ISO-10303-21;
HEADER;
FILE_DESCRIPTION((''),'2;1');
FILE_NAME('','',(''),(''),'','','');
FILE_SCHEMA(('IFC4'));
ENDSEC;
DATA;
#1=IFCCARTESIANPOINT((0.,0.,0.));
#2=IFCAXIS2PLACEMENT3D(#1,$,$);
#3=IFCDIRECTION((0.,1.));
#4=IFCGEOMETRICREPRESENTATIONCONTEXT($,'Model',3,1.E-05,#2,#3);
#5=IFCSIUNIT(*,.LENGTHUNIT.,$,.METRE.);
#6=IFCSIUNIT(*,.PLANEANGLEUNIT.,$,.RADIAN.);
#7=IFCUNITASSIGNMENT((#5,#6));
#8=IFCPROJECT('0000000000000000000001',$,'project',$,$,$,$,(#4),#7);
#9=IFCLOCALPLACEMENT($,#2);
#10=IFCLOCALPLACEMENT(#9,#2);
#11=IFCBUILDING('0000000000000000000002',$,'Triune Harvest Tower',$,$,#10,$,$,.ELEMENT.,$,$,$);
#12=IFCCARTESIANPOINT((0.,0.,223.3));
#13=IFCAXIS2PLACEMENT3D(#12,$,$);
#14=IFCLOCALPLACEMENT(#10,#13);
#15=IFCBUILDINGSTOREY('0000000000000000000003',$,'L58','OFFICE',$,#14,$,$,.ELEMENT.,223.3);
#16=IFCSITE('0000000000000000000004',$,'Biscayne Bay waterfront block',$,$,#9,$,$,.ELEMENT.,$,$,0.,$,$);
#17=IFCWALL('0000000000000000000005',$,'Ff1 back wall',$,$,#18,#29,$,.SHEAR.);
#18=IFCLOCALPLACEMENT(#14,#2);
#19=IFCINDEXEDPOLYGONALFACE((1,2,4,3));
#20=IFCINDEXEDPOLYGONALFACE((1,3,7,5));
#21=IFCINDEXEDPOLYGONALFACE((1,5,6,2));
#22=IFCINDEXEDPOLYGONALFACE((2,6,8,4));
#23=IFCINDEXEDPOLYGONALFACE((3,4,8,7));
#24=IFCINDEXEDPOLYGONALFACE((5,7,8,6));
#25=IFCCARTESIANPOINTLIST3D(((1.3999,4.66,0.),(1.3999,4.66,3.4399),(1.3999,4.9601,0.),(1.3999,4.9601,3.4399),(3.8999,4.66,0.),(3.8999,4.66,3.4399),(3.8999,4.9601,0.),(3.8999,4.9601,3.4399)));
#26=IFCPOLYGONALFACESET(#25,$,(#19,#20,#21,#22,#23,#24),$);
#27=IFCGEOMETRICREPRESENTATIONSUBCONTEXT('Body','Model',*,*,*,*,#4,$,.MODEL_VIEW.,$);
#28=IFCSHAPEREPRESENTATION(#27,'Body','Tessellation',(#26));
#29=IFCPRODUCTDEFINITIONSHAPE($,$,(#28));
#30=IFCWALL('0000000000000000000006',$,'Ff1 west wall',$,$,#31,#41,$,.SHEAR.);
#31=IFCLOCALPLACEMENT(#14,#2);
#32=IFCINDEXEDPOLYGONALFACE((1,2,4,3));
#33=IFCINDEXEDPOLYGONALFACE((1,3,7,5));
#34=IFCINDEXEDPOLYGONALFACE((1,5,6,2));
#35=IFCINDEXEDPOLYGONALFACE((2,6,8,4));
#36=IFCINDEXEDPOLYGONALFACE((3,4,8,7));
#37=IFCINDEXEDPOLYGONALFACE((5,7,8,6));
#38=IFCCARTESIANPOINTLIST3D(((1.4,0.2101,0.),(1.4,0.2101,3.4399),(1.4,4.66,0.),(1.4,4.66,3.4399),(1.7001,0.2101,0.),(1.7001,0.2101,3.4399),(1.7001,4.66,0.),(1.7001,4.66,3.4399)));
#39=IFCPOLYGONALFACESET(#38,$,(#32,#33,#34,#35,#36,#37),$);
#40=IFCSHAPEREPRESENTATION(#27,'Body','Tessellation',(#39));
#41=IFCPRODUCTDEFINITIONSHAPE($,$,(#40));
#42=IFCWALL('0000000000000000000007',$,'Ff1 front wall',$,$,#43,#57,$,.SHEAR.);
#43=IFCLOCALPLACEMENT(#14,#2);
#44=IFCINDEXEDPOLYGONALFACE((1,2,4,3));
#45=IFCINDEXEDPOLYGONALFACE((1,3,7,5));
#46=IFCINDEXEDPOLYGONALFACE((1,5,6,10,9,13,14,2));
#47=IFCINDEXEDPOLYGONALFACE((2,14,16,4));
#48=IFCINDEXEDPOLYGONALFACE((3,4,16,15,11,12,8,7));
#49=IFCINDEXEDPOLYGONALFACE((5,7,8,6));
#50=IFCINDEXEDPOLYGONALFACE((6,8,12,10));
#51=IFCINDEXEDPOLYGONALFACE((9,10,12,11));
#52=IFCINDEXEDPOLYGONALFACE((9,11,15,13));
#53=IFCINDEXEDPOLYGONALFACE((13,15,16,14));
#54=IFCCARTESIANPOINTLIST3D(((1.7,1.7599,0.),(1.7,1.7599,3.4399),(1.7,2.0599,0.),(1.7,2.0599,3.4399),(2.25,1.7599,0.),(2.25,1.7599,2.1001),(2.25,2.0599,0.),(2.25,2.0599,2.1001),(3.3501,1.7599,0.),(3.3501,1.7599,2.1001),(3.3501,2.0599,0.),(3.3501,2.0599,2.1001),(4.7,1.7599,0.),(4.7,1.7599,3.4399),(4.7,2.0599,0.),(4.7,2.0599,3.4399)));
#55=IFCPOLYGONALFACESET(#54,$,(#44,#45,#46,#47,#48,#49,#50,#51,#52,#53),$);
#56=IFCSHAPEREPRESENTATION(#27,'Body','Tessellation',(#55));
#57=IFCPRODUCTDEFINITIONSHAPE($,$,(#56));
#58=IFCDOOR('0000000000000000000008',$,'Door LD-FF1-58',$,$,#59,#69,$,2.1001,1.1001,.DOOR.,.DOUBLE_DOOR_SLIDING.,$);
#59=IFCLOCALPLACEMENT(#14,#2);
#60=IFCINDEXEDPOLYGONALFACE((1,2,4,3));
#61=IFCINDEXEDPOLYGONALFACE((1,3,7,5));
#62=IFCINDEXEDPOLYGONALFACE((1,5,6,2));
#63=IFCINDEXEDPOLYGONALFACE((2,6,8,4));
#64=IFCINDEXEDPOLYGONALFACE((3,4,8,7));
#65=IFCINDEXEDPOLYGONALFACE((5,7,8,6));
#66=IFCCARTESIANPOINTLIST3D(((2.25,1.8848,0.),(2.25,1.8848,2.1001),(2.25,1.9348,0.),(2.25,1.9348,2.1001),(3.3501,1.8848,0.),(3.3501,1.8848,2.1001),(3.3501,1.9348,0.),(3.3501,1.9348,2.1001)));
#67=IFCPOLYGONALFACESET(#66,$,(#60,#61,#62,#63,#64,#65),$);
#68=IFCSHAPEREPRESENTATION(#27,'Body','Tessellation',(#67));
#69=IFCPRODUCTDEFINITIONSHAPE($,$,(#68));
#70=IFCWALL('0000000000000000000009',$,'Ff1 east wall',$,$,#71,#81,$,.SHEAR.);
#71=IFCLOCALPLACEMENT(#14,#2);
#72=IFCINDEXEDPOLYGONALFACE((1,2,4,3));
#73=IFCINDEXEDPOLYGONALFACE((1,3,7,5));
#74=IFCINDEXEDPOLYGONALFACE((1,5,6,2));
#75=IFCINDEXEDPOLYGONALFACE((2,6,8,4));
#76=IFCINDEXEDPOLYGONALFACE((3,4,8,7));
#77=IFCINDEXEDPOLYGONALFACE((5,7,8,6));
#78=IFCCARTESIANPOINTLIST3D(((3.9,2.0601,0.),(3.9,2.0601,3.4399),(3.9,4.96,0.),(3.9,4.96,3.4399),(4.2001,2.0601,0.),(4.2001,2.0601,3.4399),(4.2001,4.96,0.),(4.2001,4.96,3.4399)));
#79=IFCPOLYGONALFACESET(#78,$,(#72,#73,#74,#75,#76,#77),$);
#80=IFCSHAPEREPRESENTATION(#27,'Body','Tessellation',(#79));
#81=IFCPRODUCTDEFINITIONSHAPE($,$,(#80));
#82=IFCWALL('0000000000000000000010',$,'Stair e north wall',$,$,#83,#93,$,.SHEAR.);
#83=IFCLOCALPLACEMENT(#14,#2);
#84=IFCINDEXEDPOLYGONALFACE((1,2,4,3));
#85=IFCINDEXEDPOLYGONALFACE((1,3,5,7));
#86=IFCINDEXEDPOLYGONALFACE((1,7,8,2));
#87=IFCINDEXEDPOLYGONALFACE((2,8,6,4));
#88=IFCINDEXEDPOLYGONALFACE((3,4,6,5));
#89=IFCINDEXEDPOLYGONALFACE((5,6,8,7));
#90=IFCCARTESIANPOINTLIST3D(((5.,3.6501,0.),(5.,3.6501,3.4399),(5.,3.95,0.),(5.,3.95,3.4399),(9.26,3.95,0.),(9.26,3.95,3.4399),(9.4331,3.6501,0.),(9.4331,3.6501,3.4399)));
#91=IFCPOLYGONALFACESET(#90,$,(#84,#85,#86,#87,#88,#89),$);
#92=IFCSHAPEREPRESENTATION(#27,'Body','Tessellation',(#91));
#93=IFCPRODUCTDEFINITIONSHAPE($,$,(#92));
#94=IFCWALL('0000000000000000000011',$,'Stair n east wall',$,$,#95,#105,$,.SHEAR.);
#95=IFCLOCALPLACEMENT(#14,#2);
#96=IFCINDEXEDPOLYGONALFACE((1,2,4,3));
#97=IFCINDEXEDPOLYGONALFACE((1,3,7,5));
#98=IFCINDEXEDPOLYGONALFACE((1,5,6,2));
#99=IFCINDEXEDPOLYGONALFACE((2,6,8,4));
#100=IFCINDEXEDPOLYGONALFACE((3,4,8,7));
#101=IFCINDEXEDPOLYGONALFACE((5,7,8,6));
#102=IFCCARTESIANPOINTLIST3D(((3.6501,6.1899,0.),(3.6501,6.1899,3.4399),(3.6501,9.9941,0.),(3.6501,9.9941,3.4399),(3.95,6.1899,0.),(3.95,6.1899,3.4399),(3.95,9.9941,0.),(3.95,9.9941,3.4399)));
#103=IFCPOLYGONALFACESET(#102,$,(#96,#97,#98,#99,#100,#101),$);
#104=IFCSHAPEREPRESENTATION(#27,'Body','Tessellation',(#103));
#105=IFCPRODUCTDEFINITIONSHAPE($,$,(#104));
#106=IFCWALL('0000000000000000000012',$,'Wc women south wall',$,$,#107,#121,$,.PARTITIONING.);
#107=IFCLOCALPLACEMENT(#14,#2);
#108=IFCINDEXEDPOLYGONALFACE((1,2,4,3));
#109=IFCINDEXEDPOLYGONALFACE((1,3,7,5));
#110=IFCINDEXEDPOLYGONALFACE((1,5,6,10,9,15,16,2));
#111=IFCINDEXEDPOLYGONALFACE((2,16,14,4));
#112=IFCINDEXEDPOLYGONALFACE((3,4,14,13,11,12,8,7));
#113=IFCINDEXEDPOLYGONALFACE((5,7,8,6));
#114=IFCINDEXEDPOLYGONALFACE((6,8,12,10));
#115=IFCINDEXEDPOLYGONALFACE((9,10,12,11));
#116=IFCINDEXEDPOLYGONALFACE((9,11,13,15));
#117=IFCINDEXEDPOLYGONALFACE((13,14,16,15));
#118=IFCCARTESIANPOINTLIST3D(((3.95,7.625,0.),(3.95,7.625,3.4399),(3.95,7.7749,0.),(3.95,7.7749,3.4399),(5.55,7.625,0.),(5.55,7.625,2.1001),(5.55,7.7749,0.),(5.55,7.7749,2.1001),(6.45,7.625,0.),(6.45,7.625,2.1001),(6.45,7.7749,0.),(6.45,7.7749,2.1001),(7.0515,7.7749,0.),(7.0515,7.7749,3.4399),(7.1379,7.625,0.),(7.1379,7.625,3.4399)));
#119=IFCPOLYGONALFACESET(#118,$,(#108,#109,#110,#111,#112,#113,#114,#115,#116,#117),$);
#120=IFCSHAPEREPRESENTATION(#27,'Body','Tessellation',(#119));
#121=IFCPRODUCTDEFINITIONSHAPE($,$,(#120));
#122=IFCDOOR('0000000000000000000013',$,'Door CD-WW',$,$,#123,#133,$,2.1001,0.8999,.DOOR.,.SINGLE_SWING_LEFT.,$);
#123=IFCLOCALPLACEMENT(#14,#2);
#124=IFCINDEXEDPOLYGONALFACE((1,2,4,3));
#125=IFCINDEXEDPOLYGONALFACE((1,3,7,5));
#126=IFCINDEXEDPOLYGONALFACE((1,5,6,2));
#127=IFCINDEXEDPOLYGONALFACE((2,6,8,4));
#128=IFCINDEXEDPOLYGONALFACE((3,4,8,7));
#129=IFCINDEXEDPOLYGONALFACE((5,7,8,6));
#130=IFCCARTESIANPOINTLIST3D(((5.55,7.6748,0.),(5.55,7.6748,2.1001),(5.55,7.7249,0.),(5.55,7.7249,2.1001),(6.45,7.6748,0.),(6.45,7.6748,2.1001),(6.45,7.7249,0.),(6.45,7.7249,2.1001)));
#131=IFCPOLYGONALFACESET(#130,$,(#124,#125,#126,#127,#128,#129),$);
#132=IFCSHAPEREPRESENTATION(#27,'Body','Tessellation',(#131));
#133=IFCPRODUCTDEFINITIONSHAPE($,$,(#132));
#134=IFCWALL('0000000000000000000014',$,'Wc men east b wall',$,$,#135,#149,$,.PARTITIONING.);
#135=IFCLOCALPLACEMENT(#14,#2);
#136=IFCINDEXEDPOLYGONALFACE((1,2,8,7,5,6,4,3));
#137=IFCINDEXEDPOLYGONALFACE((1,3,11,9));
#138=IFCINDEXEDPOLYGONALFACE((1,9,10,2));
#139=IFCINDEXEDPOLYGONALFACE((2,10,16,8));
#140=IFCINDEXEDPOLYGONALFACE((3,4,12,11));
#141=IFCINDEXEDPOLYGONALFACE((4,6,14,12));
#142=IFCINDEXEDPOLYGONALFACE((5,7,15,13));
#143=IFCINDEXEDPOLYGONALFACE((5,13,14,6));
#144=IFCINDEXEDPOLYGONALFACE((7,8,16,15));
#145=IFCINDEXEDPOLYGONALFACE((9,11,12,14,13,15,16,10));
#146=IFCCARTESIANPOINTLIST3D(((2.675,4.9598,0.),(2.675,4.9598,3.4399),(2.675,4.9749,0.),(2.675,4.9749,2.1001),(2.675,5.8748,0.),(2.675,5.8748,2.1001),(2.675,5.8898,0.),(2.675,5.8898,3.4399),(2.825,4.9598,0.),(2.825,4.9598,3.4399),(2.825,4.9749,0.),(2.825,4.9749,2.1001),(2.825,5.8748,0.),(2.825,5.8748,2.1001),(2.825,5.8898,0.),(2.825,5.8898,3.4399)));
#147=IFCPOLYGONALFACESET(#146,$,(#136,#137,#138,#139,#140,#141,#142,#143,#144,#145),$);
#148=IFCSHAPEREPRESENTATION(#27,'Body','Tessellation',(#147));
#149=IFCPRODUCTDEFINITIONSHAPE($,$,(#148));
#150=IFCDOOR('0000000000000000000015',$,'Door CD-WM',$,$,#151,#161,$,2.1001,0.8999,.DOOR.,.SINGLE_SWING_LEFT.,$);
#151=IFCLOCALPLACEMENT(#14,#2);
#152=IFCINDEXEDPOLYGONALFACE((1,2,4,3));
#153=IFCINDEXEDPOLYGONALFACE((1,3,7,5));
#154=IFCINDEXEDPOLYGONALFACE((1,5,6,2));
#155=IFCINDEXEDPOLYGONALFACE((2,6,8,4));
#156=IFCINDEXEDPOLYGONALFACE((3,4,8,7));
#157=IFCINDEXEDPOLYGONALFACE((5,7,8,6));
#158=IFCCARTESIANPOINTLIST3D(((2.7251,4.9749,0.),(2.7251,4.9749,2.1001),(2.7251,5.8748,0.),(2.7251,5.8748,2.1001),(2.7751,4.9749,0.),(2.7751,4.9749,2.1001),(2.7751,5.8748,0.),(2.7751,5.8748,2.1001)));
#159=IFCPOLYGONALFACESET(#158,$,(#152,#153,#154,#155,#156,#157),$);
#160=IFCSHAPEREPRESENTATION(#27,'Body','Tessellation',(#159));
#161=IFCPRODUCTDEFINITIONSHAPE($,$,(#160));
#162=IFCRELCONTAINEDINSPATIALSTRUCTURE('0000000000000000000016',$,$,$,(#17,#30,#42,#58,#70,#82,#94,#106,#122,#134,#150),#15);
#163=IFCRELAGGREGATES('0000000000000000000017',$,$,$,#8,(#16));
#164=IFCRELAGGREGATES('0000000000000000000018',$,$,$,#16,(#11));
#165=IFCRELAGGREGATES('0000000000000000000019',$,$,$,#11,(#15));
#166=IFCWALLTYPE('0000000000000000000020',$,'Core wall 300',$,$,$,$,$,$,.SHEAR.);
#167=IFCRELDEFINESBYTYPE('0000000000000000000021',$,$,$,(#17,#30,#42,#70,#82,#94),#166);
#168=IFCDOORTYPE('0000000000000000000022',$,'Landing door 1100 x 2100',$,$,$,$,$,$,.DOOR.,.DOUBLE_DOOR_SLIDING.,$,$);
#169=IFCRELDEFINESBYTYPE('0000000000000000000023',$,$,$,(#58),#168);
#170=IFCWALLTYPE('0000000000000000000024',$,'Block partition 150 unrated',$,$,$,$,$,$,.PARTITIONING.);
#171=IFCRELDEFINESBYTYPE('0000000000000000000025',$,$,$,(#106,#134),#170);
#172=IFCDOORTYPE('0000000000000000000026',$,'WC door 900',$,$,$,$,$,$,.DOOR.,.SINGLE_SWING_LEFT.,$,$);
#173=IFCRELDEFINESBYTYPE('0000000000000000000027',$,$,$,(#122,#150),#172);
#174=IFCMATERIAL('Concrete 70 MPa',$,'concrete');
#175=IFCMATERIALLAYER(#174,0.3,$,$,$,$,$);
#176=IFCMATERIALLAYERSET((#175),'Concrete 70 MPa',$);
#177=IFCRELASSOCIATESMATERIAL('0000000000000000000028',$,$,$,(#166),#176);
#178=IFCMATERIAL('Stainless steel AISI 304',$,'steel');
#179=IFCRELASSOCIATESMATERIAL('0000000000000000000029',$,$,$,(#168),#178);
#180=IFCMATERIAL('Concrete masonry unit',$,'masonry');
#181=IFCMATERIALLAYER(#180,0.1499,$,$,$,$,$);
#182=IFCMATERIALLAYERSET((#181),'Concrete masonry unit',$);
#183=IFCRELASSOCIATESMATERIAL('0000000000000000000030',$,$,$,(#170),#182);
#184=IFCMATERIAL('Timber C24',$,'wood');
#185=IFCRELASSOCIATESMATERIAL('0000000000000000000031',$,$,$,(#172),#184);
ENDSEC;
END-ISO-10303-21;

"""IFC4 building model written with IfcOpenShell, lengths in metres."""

from ifc_helpers import new_model, si_unit, direction, frame, frame_2d, origin, place, context, subcontext, project, spatial, polyline, rectangle, outline, extrude, source, transform, mapped, material, layer, layer_set, type_object, element, fill, save


model = new_model("IFC4")

# Units and contexts
model_context = context("Model", 3, precision=1e-05, world=origin(), true_north=direction((0.0, 1.0)))
body_context = subcontext(model_context, "Body", "Model", "MODEL_VIEW")
ifc_project = project(units=[si_unit("LENGTHUNIT", "METRE"), si_unit("PLANEANGLEUNIT", "RADIAN")], contexts=[model_context])

# Site, building, storey
site_placement = place(None, origin())
site = spatial("IfcSite", under=ifc_project, at=site_placement, Name="Biscayne Bay waterfront block", CompositionType="ELEMENT", RefElevation=0.0)
building_placement = place(site_placement, origin())
building = spatial("IfcBuilding", under=site, at=building_placement, Name="Triune Harvest Tower", CompositionType="ELEMENT")
storey_placement = place(building_placement, frame((0.0, 0.0, 223.3)))
storey = spatial("IfcBuildingStorey", under=building, at=storey_placement, Name="L58", Description="OFFICE", CompositionType="ELEMENT", Elevation=223.3)

# Walls
ifc_material_1 = material(Name="Concrete 70 MPa", Category="concrete")
ifc_layer_1 = layer(ifc_material_1, 0.3)
ifc_layer_set_1 = layer_set([ifc_layer_1], Name="Concrete 70 MPa")
wall_type_1 = type_object("IfcWallType", Name="Core wall 300", PredefinedType="SHEAR", material=ifc_layer_set_1)
shared_shape_1 = source(origin(), body_context, "Body", "SweptSolid", [
    extrude(rectangle(XDim=2.5, YDim=0.3, at=frame_2d((1.25, 0.0))), origin(), (0.0, 0.0, 1.0), 3.4399),
])
wall_1_placement = place(storey_placement, frame((1.3999, 4.8101, 0.0), z_axis=(0.0, 0.0, 1.0), x_axis=(1.0, 0.0, 0.0)))
element("IfcWall", 1, at=wall_1_placement, inside=storey, type_object=wall_type_1, Name="Ff1 back wall", PredefinedType="SHEAR", context=body_context, shape_type="MappedRepresentation", body=[
    mapped(shared_shape_1, transform((0.0, 0.0, 0.0), scale=1.0)),
])
shared_shape_2 = source(origin(), body_context, "Body", "SweptSolid", [
    extrude(rectangle(XDim=4.45, YDim=0.3, at=frame_2d((2.2251, 0.0))), origin(), (0.0, 0.0, 1.0), 3.4399),
])
wall_2_placement = place(storey_placement, frame((1.55, 0.21, 0.0), z_axis=(0.0, 0.0, 1.0), x_axis=(0.0, 1.0, 0.0)))
element("IfcWall", 2, at=wall_2_placement, inside=storey, type_object=wall_type_1, Name="Ff1 west wall", PredefinedType="SHEAR", context=body_context, shape_type="MappedRepresentation", body=[
    mapped(shared_shape_2, transform((0.0, 0.0, 0.0), scale=1.0)),
])

# Wall, opening, door
shared_shape_3 = source(origin(), body_context, "Body", "SweptSolid", [
    extrude(rectangle(XDim=3.0, YDim=0.3, at=frame_2d((1.5, 0.0))), origin(), (0.0, 0.0, 1.0), 3.4399),
])
wall_3_placement = place(storey_placement, frame((1.7, 1.9099, 0.0), z_axis=(0.0, 0.0, 1.0), x_axis=(1.0, 0.0, 0.0)))
wall_3 = element("IfcWall", 3, at=wall_3_placement, inside=storey, type_object=wall_type_1, Name="Ff1 front wall", PredefinedType="SHEAR", context=body_context, shape_type="MappedRepresentation", body=[
    mapped(shared_shape_3, transform((0.0, 0.0, 0.0), scale=1.0)),
])
opening_1_placement = place(wall_3_placement, frame((0.55, 0.0, 0.0)))
opening_1 = element("IfcOpeningElement", 4, at=opening_1_placement, cuts=wall_3, PredefinedType="OPENING", context=body_context, shape_type="SweptSolid", body=[
    extrude(rectangle(XDim=1.1001, YDim=2.1001, at=frame_2d((0.55, 1.05))), frame((0.0, 0.1602, 0.0), z_axis=(0.0, -1.0, 0.0), x_axis=(1.0, 0.0, 0.0)), (0.0, 0.0, 1.0), 0.3201),
])
ifc_material_2 = material(Name="Stainless steel AISI 304", Category="steel")
door_type_1 = type_object("IfcDoorType", Name="Landing door 1100 x 2100", OperationType="DOUBLE_DOOR_SLIDING", PredefinedType="DOOR", material=ifc_material_2)
door_1_placement = place(opening_1_placement, origin())
door_1 = element("IfcDoor", 5, at=door_1_placement, inside=storey, type_object=door_type_1, Name="Door LD-FF1-58", OperationType="DOUBLE_DOOR_SLIDING", OverallHeight=2.1001, OverallWidth=1.1001, PredefinedType="DOOR", context=body_context, shape_type="SweptSolid", body=[
    extrude(rectangle(XDim=1.1001, YDim=2.1001, at=frame_2d((0.55, 1.05))), frame((0.0, 0.0249, 0.0), z_axis=(0.0, -1.0, 0.0), x_axis=(1.0, 0.0, 0.0)), (0.0, 0.0, 1.0), 0.05),
])
fill(opening_1, door_1)

# Walls
shared_shape_4 = source(origin(), body_context, "Body", "SweptSolid", [
    extrude(rectangle(XDim=2.8999, YDim=0.3, at=frame_2d((1.45, 0.0))), origin(), (0.0, 0.0, 1.0), 3.4399),
])
wall_4_placement = place(storey_placement, frame((4.05, 2.0601, 0.0), z_axis=(0.0, 0.0, 1.0), x_axis=(0.0, 1.0, 0.0)))
element("IfcWall", 6, at=wall_4_placement, inside=storey, type_object=wall_type_1, Name="Ff1 east wall", PredefinedType="SHEAR", context=body_context, shape_type="MappedRepresentation", body=[
    mapped(shared_shape_4, transform((0.0, 0.0, 0.0), scale=1.0)),
])
shared_shape_5 = source(origin(), body_context, "Body", "SweptSolid", [
    extrude(outline(polyline([(0.0, -0.1499), (0.0, 0.1499), (4.26, 0.1499), (4.4331, -0.1499), (0.0, -0.1499)])), origin(), (0.0, 0.0, 1.0), 3.4399),
])
wall_5_placement = place(storey_placement, frame((5.0, 3.8, 0.0), z_axis=(0.0, 0.0, 1.0), x_axis=(1.0, 0.0, 0.0)))
element("IfcWall", 7, at=wall_5_placement, inside=storey, type_object=wall_type_1, Name="Stair e north wall", PredefinedType="SHEAR", context=body_context, shape_type="MappedRepresentation", body=[
    mapped(shared_shape_5, transform((0.0, 0.0, 0.0), scale=1.0)),
])
shared_shape_6 = source(origin(), body_context, "Body", "SweptSolid", [
    extrude(outline(polyline([(0.0, -0.1499), (0.0, 0.1499), (3.8042, 0.1499), (3.8042, -0.1499), (0.0, -0.1499)])), origin(), (0.0, 0.0, 1.0), 3.4399),
])
wall_6_placement = place(storey_placement, frame((3.8, 6.1899, 0.0), z_axis=(0.0, 0.0, 1.0), x_axis=(0.0, 1.0, 0.0)))
element("IfcWall", 8, at=wall_6_placement, inside=storey, type_object=wall_type_1, Name="Stair n east wall", PredefinedType="SHEAR", context=body_context, shape_type="MappedRepresentation", body=[
    mapped(shared_shape_6, transform((0.0, 0.0, 0.0), scale=1.0)),
])

# Walls, openings, doors
ifc_material_3 = material(Name="Concrete masonry unit", Category="masonry")
ifc_layer_2 = layer(ifc_material_3, 0.1499)
ifc_layer_set_2 = layer_set([ifc_layer_2], Name="Concrete masonry unit")
wall_type_2 = type_object("IfcWallType", Name="Block partition 150 unrated", PredefinedType="PARTITIONING", material=ifc_layer_set_2)
shared_shape_7 = source(origin(), body_context, "Body", "SweptSolid", [
    extrude(outline(polyline([(0.0, -0.075), (0.0, 0.075), (3.1016, 0.075), (3.188, -0.075), (0.0, -0.075)])), origin(), (0.0, 0.0, 1.0), 3.4399),
])
wall_7_placement = place(storey_placement, frame((3.95, 7.7, 0.0), z_axis=(0.0, 0.0, 1.0), x_axis=(1.0, 0.0, 0.0)))
wall_7 = element("IfcWall", 9, at=wall_7_placement, inside=storey, type_object=wall_type_2, Name="Wc women south wall", PredefinedType="PARTITIONING", context=body_context, shape_type="MappedRepresentation", body=[
    mapped(shared_shape_7, transform((0.0, 0.0, 0.0), scale=1.0)),
])
opening_2_placement = place(wall_7_placement, frame((1.6001, 0.0, 0.0)))
opening_2 = element("IfcOpeningElement", 10, at=opening_2_placement, cuts=wall_7, PredefinedType="OPENING", context=body_context, shape_type="SweptSolid", body=[
    extrude(rectangle(XDim=0.8999, YDim=2.1001, at=frame_2d((0.45, 1.05))), frame((0.0, 0.085, 0.0), z_axis=(0.0, -1.0, 0.0), x_axis=(1.0, 0.0, 0.0)), (0.0, 0.0, 1.0), 0.1699),
])
ifc_material_4 = material(Name="Timber C24", Category="wood")
door_type_2 = type_object("IfcDoorType", Name="WC door 900", OperationType="SINGLE_SWING_LEFT", PredefinedType="DOOR", material=ifc_material_4)
door_2_placement = place(opening_2_placement, origin())
door_2 = element("IfcDoor", 11, at=door_2_placement, inside=storey, type_object=door_type_2, Name="Door CD-WW", OperationType="SINGLE_SWING_LEFT", OverallHeight=2.1001, OverallWidth=0.8999, PredefinedType="DOOR", context=body_context, shape_type="SweptSolid", body=[
    extrude(rectangle(XDim=0.8999, YDim=2.1001, at=frame_2d((0.45, 1.05))), frame((0.0, 0.0249, 0.0), z_axis=(0.0, -1.0, 0.0), x_axis=(1.0, 0.0, 0.0)), (0.0, 0.0, 1.0), 0.05),
])
fill(opening_2, door_2)
shared_shape_8 = source(origin(), body_context, "Body", "SweptSolid", [
    extrude(rectangle(XDim=0.9299, YDim=0.1499, at=frame_2d((0.4648, 0.0))), origin(), (0.0, 0.0, 1.0), 3.4399),
])
wall_8_placement = place(storey_placement, frame((2.75, 4.96, 0.0), z_axis=(0.0, 0.0, 1.0), x_axis=(0.0, 1.0, 0.0)))
wall_8 = element("IfcWall", 12, at=wall_8_placement, inside=storey, type_object=wall_type_2, Name="Wc men east b wall", PredefinedType="PARTITIONING", context=body_context, shape_type="MappedRepresentation", body=[
    mapped(shared_shape_8, transform((0.0, 0.0, 0.0), scale=1.0)),
])
opening_3_placement = place(wall_8_placement, frame((0.0149, 0.0, 0.0)))
opening_3 = element("IfcOpeningElement", 13, at=opening_3_placement, cuts=wall_8, PredefinedType="OPENING", context=body_context, shape_type="SweptSolid", body=[
    extrude(rectangle(XDim=0.8999, YDim=2.1001, at=frame_2d((0.45, 1.05))), frame((0.0, 0.085, 0.0), z_axis=(0.0, -1.0, 0.0), x_axis=(1.0, 0.0, 0.0)), (0.0, 0.0, 1.0), 0.1699),
])
door_3_placement = place(opening_3_placement, origin())
door_3 = element("IfcDoor", 14, at=door_3_placement, inside=storey, type_object=door_type_2, Name="Door CD-WM", OperationType="SINGLE_SWING_LEFT", OverallHeight=2.1001, OverallWidth=0.8999, PredefinedType="DOOR", context=body_context, shape_type="SweptSolid", body=[
    extrude(rectangle(XDim=0.8999, YDim=2.1001, at=frame_2d((0.45, 1.05))), frame((0.0, 0.0249, 0.0), z_axis=(0.0, -1.0, 0.0), x_axis=(1.0, 0.0, 0.0)), (0.0, 0.0, 1.0), 0.05),
])
fill(opening_3, door_3)

save(model, "model.ifc")
